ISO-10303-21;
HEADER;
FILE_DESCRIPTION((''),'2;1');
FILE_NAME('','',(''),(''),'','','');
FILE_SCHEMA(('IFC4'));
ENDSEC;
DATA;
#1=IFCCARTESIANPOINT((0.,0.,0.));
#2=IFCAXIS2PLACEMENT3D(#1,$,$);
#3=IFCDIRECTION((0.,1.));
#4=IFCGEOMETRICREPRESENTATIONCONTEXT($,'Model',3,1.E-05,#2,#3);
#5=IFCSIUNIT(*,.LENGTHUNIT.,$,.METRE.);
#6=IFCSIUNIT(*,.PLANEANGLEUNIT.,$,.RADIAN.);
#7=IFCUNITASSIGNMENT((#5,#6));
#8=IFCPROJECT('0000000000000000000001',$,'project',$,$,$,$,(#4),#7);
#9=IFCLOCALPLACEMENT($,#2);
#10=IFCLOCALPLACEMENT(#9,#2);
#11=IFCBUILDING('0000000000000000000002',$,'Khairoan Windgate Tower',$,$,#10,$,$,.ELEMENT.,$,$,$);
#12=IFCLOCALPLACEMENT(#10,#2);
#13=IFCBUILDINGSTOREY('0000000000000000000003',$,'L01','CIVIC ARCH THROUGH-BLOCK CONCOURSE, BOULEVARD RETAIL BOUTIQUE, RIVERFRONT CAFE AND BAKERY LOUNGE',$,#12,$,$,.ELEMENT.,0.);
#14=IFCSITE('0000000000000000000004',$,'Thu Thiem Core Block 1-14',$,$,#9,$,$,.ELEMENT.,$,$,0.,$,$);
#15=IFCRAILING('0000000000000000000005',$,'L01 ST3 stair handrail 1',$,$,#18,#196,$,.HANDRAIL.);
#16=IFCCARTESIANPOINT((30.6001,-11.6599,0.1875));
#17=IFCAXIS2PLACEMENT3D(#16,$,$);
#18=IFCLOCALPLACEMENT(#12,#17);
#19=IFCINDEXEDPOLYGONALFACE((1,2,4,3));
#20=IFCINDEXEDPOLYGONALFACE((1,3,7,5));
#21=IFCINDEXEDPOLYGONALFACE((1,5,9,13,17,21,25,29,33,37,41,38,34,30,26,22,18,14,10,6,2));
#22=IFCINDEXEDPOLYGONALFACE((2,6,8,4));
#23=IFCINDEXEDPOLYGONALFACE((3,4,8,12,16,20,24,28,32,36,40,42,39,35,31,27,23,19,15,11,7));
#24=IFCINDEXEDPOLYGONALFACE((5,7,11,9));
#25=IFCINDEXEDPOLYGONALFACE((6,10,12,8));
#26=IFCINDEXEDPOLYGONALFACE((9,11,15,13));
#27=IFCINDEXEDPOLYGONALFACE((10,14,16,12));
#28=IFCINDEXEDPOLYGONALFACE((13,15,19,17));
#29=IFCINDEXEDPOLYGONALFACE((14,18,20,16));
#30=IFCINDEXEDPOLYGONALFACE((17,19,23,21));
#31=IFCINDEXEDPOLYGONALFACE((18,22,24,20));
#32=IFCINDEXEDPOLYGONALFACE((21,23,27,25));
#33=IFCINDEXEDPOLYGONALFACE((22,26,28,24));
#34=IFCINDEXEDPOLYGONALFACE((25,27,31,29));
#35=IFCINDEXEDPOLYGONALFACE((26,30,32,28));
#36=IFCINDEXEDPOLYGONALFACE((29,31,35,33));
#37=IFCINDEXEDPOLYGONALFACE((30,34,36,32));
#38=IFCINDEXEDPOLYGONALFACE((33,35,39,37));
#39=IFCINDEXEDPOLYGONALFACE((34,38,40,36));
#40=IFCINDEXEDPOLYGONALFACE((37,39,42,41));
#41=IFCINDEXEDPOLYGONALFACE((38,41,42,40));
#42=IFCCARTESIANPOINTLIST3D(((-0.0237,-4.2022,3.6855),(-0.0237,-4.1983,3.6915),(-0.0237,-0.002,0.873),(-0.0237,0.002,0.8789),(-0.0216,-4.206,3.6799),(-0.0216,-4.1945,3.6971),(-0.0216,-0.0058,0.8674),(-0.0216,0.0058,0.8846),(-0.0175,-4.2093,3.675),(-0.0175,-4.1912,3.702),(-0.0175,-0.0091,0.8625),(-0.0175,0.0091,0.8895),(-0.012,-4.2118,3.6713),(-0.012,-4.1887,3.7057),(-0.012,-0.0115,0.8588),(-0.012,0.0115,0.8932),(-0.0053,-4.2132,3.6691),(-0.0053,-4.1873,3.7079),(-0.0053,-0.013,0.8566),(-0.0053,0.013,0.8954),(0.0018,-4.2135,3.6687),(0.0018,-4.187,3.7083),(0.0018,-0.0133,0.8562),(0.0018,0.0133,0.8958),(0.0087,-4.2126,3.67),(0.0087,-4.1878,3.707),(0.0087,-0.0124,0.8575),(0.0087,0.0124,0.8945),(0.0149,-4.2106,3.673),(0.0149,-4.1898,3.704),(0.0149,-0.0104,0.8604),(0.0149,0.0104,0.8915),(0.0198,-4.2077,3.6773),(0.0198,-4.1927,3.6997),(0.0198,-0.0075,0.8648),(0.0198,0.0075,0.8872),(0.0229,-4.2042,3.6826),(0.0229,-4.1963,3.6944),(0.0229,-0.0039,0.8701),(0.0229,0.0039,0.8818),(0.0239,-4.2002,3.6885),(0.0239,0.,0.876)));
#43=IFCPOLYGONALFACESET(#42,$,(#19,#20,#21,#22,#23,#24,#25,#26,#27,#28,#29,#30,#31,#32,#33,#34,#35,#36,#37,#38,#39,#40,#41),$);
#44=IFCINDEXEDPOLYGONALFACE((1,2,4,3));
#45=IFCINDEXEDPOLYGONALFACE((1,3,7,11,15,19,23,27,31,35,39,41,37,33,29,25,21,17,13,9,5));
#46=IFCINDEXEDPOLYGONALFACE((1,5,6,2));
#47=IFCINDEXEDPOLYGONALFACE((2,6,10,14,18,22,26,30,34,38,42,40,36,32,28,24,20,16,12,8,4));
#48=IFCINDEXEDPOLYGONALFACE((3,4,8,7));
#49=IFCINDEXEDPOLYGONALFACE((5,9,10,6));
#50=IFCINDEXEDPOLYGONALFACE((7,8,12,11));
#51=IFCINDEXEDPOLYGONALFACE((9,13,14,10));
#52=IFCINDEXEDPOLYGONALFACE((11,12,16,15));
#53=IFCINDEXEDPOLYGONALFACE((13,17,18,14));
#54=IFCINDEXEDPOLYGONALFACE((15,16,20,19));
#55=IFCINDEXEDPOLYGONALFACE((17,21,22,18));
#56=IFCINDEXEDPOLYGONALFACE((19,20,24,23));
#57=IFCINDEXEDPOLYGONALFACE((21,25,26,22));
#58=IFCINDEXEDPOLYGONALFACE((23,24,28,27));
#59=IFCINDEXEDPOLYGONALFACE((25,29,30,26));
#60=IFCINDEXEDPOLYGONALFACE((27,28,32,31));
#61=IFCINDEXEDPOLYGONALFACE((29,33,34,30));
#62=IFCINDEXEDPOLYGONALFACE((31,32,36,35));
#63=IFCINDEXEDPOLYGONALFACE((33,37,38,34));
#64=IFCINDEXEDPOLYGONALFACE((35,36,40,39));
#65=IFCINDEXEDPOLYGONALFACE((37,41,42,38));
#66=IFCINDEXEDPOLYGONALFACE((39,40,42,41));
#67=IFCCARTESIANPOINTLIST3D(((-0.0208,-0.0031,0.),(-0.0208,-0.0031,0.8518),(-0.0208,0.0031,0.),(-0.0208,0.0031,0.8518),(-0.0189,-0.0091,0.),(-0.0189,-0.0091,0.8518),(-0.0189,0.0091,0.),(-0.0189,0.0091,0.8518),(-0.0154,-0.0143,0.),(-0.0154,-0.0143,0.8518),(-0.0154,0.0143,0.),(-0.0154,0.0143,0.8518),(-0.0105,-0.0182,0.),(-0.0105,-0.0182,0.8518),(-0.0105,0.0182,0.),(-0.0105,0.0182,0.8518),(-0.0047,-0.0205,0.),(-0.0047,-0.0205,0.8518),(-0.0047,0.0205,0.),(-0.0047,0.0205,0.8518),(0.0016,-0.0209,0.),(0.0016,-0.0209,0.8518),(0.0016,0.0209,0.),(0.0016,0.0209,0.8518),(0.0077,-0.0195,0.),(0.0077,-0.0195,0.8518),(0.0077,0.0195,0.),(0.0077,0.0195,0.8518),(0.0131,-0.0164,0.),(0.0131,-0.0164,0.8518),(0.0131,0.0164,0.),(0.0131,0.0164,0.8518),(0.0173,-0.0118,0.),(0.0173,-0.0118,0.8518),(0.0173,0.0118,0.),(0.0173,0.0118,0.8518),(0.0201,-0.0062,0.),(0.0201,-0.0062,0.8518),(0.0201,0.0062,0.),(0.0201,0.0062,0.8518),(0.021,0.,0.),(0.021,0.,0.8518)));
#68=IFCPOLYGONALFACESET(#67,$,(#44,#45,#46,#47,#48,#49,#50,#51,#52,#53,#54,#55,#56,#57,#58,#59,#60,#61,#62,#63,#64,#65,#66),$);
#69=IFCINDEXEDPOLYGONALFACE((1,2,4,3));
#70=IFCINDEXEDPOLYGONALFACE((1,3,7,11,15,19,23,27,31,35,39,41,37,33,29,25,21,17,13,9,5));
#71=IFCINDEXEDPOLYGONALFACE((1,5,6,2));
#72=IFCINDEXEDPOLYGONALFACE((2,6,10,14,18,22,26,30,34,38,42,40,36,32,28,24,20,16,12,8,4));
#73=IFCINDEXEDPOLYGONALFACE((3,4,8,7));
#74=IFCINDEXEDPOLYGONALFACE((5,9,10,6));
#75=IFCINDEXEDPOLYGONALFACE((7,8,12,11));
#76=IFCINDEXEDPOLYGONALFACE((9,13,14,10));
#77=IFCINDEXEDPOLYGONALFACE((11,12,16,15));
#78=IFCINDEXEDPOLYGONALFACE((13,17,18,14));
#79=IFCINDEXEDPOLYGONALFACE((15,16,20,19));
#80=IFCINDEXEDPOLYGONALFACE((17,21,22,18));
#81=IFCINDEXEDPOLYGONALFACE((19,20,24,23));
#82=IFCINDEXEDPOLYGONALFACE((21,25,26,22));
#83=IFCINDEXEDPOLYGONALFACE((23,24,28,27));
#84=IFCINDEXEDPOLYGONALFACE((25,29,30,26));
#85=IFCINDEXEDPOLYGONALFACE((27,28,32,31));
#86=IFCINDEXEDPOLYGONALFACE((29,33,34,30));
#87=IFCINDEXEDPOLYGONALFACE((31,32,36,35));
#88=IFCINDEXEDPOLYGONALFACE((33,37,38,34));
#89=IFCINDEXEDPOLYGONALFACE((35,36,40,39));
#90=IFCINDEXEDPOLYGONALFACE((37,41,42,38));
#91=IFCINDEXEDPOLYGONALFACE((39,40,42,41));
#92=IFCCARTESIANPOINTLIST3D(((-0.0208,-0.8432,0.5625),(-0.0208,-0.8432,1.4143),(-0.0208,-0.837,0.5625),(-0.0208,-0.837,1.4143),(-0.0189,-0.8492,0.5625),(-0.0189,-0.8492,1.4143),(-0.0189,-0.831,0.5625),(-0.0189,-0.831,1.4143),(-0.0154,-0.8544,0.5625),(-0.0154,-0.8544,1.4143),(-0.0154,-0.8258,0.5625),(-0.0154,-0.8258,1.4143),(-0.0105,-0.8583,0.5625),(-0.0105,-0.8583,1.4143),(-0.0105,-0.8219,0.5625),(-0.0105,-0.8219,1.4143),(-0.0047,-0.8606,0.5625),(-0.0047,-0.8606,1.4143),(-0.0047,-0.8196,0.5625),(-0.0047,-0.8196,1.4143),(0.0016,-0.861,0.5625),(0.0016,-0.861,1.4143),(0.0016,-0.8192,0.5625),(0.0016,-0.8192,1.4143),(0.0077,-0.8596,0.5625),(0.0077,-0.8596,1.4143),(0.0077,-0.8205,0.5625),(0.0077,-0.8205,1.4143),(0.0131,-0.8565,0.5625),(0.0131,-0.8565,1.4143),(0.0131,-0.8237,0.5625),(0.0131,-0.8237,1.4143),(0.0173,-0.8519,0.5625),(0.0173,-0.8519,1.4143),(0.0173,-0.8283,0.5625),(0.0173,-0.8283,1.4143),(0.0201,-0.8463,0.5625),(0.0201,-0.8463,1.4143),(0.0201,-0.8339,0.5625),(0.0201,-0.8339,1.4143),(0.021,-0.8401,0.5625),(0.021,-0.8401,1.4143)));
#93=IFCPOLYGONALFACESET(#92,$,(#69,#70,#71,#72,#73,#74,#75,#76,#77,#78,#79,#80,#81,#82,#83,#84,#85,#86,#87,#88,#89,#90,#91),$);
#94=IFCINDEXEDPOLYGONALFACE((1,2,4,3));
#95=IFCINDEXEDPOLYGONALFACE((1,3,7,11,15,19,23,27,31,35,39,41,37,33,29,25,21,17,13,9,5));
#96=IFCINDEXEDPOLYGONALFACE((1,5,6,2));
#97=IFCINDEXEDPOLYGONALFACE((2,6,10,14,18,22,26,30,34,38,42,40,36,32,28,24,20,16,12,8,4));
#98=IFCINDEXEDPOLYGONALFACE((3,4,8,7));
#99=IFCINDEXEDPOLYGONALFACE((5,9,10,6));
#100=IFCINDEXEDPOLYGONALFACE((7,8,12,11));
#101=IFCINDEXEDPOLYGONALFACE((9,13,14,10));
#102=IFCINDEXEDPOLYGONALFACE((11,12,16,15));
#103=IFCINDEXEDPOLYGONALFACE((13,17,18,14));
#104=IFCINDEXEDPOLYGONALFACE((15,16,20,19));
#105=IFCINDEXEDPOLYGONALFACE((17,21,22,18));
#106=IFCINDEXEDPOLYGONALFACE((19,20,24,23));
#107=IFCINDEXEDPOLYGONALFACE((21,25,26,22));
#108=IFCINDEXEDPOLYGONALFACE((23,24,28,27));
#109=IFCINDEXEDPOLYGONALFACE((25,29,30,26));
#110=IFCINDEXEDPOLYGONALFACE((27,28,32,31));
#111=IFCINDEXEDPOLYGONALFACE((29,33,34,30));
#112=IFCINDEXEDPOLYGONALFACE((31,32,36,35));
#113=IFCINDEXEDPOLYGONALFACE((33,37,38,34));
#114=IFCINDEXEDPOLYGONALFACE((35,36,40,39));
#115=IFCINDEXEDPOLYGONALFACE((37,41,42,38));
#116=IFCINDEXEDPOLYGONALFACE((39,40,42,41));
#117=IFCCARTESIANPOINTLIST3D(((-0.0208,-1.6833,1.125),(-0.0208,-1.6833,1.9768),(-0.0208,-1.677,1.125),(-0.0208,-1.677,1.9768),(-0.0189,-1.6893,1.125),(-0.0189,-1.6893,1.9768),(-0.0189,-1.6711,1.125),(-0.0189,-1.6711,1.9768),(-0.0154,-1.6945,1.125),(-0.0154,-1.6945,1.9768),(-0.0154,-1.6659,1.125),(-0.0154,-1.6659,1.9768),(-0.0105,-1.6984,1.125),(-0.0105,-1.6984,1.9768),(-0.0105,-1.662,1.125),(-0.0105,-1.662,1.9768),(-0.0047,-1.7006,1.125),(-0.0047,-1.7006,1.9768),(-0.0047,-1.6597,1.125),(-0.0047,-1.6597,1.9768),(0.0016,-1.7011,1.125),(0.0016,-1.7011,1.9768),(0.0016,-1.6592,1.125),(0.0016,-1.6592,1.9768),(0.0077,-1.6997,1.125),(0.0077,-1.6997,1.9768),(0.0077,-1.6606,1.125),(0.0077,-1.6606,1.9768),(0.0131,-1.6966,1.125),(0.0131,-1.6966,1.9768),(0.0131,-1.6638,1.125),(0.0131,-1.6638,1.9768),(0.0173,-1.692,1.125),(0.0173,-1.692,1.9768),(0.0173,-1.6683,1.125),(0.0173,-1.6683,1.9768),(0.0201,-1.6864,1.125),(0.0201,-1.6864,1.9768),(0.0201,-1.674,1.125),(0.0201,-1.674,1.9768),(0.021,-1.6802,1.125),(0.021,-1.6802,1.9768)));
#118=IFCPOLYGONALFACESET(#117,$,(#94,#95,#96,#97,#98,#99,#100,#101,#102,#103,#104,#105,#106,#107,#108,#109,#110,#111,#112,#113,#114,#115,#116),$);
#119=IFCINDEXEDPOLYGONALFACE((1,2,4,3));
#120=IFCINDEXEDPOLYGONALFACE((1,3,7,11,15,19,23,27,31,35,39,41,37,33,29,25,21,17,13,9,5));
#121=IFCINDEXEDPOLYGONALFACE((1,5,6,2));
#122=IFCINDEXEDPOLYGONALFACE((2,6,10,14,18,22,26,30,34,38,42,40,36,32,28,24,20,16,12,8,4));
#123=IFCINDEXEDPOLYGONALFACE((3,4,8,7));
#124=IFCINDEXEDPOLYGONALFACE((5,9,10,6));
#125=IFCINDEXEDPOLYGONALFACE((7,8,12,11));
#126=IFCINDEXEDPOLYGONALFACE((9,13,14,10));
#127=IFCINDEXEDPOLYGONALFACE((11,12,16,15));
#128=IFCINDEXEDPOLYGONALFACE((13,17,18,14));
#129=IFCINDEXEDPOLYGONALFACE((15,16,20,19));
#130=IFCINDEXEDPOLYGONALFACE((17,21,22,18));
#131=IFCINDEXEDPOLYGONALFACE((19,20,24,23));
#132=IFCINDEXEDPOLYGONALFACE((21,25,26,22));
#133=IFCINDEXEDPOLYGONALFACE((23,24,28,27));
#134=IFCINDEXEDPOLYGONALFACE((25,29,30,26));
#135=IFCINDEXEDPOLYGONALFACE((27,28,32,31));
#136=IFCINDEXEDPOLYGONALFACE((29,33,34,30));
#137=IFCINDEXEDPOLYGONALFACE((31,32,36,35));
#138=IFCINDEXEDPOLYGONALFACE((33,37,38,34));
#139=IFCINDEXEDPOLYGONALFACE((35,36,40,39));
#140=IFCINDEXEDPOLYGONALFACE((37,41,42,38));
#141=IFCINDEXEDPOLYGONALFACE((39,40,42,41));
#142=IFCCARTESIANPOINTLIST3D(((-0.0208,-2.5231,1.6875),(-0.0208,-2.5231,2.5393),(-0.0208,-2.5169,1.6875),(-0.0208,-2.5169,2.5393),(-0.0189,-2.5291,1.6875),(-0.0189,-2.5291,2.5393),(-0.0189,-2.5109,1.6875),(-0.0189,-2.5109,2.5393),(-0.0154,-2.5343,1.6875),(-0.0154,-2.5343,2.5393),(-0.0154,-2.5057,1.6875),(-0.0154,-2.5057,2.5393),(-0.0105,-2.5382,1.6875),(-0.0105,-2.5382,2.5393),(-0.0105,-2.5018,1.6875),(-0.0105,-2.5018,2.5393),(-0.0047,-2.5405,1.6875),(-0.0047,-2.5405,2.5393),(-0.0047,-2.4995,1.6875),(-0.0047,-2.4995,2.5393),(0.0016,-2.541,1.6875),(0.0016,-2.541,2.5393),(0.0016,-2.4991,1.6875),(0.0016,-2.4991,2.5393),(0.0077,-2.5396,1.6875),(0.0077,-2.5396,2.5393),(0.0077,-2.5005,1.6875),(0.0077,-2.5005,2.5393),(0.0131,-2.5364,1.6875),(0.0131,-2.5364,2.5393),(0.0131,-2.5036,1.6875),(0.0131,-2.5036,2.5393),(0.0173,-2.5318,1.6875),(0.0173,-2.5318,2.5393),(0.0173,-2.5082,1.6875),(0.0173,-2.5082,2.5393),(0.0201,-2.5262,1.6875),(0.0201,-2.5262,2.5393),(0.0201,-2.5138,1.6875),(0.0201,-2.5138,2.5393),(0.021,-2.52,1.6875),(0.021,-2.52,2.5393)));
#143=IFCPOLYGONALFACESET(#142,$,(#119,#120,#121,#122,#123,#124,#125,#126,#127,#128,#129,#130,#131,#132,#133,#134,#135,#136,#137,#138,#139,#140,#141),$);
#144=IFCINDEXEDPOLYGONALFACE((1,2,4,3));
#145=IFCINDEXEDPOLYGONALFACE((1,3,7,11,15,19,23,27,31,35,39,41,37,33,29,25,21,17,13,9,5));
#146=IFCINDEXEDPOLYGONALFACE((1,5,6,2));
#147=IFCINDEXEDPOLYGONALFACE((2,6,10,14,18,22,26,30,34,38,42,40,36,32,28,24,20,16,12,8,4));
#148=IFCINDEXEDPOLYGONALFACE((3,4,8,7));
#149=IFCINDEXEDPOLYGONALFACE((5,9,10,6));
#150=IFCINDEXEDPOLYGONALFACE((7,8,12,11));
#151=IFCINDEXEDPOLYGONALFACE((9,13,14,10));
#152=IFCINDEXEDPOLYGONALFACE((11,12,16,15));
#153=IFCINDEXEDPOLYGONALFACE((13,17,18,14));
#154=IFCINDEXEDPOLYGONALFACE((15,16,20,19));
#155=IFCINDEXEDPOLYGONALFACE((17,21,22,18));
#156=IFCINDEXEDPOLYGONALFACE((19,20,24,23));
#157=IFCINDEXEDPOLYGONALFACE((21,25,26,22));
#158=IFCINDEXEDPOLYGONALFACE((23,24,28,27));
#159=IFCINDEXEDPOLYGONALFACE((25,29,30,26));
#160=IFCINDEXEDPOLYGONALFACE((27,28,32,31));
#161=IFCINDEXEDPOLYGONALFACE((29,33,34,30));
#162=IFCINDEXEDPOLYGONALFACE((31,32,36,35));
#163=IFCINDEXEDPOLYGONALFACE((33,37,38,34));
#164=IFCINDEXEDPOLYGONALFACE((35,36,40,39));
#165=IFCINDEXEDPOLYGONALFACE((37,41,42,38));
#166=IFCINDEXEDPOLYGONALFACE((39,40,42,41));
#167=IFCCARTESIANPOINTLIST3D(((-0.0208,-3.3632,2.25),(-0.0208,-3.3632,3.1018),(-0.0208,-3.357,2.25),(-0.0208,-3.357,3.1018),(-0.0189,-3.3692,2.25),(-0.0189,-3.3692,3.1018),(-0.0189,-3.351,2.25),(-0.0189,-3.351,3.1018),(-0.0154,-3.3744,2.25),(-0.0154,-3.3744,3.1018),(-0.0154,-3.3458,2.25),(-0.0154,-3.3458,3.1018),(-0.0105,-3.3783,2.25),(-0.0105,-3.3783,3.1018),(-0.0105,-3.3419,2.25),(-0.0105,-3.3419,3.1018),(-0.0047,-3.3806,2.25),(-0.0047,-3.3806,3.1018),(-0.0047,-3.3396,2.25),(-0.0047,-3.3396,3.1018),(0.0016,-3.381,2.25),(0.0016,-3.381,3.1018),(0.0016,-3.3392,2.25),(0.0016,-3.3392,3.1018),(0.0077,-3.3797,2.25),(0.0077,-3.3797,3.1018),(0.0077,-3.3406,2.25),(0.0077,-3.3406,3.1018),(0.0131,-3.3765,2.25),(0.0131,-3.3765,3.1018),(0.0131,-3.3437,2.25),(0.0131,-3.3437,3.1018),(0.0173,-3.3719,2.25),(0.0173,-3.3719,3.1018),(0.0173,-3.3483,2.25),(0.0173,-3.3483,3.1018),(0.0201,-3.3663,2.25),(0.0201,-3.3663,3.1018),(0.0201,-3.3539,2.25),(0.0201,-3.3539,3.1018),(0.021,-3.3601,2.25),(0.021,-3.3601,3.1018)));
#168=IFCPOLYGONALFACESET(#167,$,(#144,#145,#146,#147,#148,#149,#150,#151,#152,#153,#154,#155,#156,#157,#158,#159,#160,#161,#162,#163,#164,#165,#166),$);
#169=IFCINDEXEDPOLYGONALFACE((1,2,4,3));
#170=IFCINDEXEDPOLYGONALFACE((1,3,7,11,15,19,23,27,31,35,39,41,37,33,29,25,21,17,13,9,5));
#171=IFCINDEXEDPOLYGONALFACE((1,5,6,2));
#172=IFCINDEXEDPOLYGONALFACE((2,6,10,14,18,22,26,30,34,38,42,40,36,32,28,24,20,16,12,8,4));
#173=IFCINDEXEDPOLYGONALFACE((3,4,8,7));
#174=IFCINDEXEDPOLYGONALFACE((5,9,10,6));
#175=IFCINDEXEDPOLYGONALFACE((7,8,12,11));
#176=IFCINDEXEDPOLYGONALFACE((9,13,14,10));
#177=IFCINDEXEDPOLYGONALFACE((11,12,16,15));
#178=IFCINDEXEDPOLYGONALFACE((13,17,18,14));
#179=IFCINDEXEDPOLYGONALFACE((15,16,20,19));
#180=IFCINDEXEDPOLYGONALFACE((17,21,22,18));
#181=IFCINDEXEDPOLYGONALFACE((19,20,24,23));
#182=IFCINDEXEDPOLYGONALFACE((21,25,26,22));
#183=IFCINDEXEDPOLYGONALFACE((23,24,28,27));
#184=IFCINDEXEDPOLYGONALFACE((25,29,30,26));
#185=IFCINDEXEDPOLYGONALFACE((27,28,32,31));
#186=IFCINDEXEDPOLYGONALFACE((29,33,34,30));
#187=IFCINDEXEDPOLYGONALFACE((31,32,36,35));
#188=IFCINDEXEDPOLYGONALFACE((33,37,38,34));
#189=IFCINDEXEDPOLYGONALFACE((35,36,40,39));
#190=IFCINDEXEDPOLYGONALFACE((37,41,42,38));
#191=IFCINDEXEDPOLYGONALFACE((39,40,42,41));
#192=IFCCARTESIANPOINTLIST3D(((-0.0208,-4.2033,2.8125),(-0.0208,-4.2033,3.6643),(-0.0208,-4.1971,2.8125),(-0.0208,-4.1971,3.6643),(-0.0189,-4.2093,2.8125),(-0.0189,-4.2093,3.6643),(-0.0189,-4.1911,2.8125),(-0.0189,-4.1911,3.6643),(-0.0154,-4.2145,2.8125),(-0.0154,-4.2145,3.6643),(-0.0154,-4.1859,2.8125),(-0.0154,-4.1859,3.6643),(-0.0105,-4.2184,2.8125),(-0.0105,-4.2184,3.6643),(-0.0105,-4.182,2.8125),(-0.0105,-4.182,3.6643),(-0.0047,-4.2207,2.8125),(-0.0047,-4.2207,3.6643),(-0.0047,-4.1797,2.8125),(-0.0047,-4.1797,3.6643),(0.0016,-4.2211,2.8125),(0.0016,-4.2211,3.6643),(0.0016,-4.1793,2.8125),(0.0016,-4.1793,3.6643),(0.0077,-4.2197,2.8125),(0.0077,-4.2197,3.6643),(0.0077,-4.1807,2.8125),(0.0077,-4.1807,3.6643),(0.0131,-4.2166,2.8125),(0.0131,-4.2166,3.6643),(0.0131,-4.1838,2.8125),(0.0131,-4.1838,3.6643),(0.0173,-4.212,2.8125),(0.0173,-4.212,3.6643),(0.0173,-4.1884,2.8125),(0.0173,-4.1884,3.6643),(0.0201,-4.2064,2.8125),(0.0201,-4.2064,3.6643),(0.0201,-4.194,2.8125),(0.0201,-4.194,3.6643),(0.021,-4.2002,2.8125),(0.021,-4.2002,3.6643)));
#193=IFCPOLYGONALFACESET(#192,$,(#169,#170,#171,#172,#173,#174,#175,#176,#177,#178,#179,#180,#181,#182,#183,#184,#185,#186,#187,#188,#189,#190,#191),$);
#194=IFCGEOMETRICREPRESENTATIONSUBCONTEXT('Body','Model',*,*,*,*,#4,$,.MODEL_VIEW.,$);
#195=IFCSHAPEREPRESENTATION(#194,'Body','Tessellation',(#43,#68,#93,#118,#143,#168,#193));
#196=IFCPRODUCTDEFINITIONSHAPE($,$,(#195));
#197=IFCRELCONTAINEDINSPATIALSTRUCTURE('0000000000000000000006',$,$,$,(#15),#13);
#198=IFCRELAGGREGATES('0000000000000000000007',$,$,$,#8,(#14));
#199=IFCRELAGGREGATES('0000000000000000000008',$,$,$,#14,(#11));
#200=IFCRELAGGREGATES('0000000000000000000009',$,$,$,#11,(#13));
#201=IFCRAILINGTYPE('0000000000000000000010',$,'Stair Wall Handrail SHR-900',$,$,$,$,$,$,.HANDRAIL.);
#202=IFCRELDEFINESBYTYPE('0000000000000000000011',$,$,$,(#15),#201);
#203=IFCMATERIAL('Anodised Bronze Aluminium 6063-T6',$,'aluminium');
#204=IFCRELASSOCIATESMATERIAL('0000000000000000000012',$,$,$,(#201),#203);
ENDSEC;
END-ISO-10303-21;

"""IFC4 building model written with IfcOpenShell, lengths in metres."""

from ifc_helpers import new_model, si_unit, direction, frame, origin, origin_2d, place, context, subcontext, project, spatial, circle, extrude, material, type_object, element, save


model = new_model("IFC4")

# Units and contexts
model_context = context("Model", 3, precision=1e-05, world=origin(), true_north=direction((0.0, 1.0)))
body_context = subcontext(model_context, "Body", "Model", "MODEL_VIEW")
ifc_project = project(units=[si_unit("LENGTHUNIT", "METRE"), si_unit("PLANEANGLEUNIT", "RADIAN")], contexts=[model_context])

# Site, building, storey
site_placement = place(None, origin())
site = spatial("IfcSite", under=ifc_project, at=site_placement, Name="Thu Thiem Core Block 1-14", CompositionType="ELEMENT", RefElevation=0.0)
building_placement = place(site_placement, origin())
building = spatial("IfcBuilding", under=site, at=building_placement, Name="Khairoan Windgate Tower", CompositionType="ELEMENT")
storey_placement = place(building_placement, origin())
storey = spatial("IfcBuildingStorey", under=building, at=storey_placement, Name="L01", Description="CIVIC ARCH THROUGH-BLOCK CONCOURSE, BOULEVARD RETAIL BOUTIQUE, RIVERFRONT CAFE AND BAKERY LOUNGE", CompositionType="ELEMENT", Elevation=0.0)

# Railing
ifc_material_1 = material(Name="Anodised Bronze Aluminium 6063-T6", Category="aluminium")
railing_type_1 = type_object("IfcRailingType", Name="Stair Wall Handrail SHR-900", PredefinedType="HANDRAIL", material=ifc_material_1)
railing_1_placement = place(storey_placement, frame((30.6001, -11.6599, 0.1875)))
element("IfcRailing", 1, at=railing_1_placement, inside=storey, type_object=railing_type_1, Name="L01 ST3 stair handrail 1", PredefinedType="HANDRAIL", context=body_context, shape_type="SweptSolid", body=[
    extrude(circle(Radius=0.0239, at=origin_2d()), frame((0.0, 0.0, 0.876), z_axis=(0.0, -0.830919, 0.556393), x_axis=(1.0, 0.0, 0.0)), (0.0, 0.0, 1.0), 5.0549),
    extrude(circle(Radius=0.021, at=origin_2d()), origin(), (0.0, 0.0, 1.0), 0.8518),
    extrude(circle(Radius=0.021, at=origin_2d()), frame((0.0, -0.8401, 0.5625)), (0.0, 0.0, 1.0), 0.8518),
    extrude(circle(Radius=0.021, at=origin_2d()), frame((0.0, -1.6802, 1.125)), (0.0, 0.0, 1.0), 0.8518),
    extrude(circle(Radius=0.021, at=origin_2d()), frame((0.0, -2.52, 1.6875)), (0.0, 0.0, 1.0), 0.8518),
    extrude(circle(Radius=0.021, at=origin_2d()), frame((0.0, -3.3601, 2.25)), (0.0, 0.0, 1.0), 0.8518),
    extrude(circle(Radius=0.021, at=origin_2d()), frame((0.0, -4.2002, 2.8125)), (0.0, 0.0, 1.0), 0.8518),
])

save(model, "model.ifc")
